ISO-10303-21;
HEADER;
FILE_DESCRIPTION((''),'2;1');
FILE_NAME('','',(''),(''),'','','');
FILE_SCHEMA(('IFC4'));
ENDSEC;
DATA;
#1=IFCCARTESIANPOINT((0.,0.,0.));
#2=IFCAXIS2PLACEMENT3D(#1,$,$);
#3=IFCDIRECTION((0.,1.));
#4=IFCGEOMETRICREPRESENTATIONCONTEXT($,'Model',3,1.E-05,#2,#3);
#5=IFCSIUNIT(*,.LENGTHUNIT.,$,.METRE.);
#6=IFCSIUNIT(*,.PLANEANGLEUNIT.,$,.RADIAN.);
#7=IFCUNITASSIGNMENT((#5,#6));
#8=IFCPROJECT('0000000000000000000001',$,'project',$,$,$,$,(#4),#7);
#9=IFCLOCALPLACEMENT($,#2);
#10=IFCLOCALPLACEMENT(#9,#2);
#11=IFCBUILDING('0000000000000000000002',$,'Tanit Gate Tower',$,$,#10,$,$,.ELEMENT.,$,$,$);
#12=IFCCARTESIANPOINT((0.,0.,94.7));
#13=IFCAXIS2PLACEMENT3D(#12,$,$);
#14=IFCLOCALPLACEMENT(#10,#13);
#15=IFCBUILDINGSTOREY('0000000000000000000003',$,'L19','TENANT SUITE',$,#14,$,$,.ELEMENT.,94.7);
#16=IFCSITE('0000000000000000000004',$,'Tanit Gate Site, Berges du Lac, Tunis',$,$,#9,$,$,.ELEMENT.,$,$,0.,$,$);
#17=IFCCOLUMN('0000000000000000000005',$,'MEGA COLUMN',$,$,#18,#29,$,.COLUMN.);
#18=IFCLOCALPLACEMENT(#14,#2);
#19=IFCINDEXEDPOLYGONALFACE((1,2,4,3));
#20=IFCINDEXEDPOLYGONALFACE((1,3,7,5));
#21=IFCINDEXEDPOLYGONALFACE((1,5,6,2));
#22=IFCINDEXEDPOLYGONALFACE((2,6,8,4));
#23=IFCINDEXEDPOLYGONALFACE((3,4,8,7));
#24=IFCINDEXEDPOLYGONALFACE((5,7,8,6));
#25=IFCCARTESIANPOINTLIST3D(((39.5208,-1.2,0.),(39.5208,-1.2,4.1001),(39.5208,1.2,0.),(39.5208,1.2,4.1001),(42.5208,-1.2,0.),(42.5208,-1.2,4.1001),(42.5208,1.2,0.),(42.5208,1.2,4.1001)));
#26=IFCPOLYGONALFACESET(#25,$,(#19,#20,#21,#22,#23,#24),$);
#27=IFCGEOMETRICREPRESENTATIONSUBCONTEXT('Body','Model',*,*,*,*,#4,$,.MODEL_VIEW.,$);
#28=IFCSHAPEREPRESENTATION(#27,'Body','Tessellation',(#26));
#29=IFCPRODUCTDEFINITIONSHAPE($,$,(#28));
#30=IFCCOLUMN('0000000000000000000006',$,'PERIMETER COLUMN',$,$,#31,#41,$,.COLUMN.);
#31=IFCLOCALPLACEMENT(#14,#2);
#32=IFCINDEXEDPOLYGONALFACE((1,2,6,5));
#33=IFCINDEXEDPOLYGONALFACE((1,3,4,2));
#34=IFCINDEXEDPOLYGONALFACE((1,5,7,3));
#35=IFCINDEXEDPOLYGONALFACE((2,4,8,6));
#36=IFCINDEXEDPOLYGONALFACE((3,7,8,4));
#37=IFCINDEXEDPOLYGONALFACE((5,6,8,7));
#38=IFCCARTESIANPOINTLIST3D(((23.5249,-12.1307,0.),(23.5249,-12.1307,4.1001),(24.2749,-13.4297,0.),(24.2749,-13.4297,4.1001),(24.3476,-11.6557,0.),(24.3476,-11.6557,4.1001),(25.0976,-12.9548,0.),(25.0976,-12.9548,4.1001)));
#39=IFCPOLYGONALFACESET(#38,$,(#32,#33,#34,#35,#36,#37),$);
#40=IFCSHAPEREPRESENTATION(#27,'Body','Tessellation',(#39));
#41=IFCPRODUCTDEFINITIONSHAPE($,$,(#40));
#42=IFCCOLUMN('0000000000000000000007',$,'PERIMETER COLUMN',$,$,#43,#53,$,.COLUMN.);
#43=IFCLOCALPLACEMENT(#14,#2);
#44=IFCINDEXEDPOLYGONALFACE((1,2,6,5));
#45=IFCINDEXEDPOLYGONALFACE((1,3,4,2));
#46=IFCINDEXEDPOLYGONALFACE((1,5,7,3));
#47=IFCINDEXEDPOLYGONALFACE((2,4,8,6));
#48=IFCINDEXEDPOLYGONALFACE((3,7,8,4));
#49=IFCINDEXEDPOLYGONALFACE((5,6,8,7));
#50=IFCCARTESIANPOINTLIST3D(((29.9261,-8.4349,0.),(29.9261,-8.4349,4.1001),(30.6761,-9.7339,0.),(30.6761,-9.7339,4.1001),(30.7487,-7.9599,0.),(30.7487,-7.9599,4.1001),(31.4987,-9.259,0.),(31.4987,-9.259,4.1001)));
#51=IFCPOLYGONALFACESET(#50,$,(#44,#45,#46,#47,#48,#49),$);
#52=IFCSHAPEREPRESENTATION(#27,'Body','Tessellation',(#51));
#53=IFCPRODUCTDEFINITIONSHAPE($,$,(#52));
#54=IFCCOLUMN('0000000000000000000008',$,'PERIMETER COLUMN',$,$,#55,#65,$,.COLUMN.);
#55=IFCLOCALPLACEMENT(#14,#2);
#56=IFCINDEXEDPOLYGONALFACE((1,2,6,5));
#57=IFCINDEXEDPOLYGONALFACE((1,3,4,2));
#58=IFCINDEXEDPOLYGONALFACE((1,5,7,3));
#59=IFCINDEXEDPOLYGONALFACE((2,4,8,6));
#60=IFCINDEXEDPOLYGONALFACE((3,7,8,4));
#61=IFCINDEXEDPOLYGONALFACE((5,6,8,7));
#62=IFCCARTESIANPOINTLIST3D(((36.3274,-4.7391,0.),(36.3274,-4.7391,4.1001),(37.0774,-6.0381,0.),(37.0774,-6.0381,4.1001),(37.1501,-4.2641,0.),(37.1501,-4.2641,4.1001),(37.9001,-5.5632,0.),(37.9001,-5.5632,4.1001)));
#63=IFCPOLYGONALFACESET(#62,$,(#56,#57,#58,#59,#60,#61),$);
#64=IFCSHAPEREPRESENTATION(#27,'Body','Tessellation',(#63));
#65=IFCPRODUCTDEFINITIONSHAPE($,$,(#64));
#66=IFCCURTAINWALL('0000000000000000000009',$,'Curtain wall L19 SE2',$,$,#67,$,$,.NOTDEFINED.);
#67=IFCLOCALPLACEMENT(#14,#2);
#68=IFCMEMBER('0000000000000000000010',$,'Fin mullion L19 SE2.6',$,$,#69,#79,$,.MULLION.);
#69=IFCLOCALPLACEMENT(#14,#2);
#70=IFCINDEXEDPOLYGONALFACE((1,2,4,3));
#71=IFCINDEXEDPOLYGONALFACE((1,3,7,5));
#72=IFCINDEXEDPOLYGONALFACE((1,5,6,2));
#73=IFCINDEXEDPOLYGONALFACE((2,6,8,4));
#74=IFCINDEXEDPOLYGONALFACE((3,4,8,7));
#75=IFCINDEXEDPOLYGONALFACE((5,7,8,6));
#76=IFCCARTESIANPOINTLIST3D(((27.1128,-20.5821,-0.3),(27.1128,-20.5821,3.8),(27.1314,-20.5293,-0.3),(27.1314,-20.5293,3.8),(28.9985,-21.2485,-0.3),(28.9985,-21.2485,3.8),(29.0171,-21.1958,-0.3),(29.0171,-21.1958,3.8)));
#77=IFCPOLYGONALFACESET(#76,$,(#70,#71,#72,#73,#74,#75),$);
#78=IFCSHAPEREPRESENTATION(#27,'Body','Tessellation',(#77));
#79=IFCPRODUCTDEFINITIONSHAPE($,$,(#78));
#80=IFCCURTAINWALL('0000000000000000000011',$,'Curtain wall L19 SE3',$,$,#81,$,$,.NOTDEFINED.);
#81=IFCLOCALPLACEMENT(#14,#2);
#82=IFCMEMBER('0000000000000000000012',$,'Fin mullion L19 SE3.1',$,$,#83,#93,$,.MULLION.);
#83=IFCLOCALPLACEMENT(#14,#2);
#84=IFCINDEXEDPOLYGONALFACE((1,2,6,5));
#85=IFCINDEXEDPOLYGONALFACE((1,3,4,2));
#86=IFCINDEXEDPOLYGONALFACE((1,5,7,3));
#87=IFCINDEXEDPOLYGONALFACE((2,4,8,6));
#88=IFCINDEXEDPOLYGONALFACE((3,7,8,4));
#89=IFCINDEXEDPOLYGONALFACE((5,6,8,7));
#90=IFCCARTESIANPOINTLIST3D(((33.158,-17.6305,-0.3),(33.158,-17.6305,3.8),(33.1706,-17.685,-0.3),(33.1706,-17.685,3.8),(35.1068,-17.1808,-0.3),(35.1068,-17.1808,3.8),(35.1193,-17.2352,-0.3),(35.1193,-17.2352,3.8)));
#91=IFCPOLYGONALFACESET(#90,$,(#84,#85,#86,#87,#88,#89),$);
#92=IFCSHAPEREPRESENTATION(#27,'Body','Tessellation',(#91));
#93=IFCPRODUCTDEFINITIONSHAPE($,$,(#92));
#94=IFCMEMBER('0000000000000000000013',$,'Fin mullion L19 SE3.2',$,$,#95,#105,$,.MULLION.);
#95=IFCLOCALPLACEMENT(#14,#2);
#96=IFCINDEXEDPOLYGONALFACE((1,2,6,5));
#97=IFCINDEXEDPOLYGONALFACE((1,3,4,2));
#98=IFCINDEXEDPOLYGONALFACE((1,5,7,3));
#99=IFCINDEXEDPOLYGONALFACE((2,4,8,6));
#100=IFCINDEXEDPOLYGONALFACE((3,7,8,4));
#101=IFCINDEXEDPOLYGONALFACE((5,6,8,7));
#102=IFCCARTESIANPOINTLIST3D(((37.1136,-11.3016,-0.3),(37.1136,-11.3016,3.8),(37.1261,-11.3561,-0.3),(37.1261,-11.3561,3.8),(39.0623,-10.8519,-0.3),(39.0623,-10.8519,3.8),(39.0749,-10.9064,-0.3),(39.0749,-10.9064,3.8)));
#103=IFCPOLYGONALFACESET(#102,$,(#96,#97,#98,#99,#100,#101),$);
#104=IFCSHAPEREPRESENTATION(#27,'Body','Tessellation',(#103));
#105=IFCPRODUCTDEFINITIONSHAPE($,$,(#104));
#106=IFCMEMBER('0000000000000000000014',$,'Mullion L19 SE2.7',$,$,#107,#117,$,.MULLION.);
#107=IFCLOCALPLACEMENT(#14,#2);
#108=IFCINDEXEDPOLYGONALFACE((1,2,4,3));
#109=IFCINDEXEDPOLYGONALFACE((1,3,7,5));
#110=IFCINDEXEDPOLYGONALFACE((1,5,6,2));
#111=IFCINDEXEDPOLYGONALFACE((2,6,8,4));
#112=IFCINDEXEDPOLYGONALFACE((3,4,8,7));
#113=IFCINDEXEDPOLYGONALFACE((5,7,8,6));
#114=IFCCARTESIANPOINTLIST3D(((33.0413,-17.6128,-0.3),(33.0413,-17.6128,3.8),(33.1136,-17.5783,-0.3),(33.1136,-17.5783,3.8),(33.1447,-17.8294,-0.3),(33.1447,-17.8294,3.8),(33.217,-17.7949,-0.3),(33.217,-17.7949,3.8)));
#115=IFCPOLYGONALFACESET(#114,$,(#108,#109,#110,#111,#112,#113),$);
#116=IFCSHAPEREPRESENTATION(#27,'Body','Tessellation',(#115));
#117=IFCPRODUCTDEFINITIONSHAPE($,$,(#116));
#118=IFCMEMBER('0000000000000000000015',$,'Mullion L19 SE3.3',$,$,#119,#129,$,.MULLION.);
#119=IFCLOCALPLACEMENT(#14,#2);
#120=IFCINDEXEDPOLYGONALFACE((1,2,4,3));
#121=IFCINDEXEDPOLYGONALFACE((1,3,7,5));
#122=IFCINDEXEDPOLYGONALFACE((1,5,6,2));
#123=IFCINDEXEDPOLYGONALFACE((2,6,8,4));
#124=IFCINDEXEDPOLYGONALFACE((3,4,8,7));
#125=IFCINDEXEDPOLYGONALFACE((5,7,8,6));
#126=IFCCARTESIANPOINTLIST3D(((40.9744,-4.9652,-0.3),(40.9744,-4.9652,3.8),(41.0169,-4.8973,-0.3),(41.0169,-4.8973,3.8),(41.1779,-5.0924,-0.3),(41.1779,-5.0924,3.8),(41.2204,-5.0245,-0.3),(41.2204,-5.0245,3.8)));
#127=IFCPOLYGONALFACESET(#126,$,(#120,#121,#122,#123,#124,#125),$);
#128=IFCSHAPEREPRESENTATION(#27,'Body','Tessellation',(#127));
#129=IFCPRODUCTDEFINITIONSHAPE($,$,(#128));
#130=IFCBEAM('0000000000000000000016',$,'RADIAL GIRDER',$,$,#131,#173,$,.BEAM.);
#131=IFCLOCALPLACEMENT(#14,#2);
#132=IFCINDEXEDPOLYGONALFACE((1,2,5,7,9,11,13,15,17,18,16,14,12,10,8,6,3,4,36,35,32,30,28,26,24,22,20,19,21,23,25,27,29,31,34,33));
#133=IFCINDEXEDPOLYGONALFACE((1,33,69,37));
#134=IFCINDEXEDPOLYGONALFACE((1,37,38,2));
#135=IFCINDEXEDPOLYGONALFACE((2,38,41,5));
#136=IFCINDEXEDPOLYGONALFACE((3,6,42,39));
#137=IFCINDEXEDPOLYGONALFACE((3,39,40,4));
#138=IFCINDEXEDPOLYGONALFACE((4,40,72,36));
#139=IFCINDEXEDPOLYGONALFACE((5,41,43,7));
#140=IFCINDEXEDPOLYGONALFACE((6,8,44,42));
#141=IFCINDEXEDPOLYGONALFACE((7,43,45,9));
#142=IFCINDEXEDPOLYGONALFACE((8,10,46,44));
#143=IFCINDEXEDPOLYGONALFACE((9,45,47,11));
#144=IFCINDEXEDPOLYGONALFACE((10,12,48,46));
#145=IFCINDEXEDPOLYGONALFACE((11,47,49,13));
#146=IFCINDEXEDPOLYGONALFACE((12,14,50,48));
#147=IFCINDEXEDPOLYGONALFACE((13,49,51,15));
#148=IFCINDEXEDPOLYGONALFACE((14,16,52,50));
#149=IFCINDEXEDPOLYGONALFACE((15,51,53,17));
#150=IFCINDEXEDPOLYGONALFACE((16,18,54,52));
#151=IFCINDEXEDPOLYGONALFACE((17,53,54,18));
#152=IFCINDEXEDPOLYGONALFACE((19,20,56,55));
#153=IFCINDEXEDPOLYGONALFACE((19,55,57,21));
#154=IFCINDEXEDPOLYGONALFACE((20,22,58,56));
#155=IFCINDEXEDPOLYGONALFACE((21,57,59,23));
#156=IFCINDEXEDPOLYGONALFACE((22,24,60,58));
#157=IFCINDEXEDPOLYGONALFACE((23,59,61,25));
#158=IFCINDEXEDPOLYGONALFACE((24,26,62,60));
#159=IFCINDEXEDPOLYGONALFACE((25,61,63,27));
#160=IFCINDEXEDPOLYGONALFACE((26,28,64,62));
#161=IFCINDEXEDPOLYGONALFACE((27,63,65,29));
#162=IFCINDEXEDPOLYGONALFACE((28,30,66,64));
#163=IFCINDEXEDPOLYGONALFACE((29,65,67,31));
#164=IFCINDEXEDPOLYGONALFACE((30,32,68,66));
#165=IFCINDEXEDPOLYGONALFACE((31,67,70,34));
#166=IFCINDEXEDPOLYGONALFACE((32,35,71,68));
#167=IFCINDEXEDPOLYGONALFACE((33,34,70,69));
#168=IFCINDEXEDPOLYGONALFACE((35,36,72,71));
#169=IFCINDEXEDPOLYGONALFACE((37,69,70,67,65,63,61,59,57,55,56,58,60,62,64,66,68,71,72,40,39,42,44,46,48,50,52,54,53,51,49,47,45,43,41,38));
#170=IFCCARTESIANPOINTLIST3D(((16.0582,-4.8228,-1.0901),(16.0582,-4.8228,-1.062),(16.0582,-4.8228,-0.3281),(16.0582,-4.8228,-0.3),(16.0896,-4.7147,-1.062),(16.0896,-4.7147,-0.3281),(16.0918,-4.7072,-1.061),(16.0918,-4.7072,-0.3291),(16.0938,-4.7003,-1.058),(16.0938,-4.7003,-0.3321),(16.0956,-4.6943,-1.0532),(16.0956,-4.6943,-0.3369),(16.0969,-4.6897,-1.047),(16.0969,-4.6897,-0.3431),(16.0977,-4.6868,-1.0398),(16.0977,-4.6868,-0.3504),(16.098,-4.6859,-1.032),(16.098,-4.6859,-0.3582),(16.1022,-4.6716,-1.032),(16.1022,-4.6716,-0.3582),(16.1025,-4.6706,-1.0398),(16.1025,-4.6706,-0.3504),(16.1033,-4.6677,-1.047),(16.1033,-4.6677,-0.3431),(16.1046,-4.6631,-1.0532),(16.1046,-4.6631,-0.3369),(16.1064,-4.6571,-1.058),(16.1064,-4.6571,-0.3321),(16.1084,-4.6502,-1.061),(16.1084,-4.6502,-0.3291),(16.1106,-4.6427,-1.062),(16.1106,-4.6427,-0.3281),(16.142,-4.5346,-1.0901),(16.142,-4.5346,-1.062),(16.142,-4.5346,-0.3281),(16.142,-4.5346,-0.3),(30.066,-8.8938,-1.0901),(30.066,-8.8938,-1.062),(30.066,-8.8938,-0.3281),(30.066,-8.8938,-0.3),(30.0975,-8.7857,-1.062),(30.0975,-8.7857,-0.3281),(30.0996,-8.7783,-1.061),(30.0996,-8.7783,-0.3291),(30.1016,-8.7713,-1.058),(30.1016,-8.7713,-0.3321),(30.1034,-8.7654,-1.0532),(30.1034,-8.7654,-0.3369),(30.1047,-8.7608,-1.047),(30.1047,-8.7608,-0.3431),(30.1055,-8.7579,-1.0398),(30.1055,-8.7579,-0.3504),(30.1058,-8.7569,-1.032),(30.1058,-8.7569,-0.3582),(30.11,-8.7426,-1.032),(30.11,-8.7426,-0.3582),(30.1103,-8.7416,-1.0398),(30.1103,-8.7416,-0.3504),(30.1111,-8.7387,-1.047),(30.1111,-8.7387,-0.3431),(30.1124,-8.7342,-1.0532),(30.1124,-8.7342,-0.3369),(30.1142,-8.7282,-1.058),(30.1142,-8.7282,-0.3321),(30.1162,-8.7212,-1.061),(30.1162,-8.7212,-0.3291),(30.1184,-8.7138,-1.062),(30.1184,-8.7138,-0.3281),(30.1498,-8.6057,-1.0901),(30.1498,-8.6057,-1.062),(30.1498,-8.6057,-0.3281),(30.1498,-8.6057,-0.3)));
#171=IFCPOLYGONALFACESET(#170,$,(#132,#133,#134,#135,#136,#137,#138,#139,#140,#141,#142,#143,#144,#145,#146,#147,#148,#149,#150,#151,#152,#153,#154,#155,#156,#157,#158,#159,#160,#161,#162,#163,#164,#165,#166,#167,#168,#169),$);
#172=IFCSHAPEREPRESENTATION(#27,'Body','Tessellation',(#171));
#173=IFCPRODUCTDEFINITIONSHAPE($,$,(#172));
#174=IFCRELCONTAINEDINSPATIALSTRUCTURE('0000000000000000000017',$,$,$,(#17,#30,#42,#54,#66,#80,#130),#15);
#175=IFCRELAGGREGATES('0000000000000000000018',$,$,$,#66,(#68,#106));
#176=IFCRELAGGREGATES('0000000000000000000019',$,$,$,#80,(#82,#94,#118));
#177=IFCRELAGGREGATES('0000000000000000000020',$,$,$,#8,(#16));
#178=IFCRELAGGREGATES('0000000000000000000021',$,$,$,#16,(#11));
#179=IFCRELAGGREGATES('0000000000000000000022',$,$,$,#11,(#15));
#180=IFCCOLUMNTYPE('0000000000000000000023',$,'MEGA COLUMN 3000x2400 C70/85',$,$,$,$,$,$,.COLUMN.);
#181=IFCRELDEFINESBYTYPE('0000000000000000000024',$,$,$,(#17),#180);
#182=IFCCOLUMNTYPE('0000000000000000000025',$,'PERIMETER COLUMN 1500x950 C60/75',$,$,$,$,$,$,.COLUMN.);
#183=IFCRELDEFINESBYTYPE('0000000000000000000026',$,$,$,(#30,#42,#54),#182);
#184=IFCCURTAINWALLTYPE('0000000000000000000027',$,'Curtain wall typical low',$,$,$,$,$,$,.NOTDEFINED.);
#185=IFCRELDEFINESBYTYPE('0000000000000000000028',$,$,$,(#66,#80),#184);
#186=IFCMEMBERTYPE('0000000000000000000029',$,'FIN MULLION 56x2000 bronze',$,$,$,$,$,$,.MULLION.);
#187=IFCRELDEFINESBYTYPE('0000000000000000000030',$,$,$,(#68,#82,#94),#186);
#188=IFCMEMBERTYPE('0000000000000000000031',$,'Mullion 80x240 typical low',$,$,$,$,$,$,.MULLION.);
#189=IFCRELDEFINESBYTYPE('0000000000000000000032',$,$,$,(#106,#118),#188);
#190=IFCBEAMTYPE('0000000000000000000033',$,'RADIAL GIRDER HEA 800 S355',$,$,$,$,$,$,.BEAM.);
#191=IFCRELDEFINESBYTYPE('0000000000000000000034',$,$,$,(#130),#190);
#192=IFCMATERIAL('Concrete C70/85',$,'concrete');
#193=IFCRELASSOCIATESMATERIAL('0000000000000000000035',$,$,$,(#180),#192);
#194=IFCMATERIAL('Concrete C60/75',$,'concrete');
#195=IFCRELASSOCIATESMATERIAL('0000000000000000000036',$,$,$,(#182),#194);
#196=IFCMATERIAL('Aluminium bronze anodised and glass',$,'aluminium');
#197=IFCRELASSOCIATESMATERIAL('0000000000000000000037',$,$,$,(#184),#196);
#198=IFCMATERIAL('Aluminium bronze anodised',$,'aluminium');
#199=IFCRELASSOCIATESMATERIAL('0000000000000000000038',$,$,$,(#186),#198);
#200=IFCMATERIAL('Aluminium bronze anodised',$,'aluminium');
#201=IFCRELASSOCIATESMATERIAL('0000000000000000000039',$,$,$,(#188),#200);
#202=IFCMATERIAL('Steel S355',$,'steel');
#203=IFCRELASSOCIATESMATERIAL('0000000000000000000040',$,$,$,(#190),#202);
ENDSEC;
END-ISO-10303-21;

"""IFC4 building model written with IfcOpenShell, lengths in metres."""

from ifc_helpers import new_model, si_unit, direction, frame, origin, origin_2d, place, context, subcontext, project, spatial, rectangle, i_section, extrude, material, material_profile, profile_set, type_object, element, aggregate, save


model = new_model("IFC4")

# Units and contexts
model_context = context("Model", 3, precision=1e-05, world=origin(), true_north=direction((0.0, 1.0)))
body_context = subcontext(model_context, "Body", "Model", "MODEL_VIEW")
ifc_project = project(units=[si_unit("LENGTHUNIT", "METRE"), si_unit("PLANEANGLEUNIT", "RADIAN")], contexts=[model_context])

# Site, building, storey
site_placement = place(None, origin())
site = spatial("IfcSite", under=ifc_project, at=site_placement, Name="Tanit Gate Site, Berges du Lac, Tunis", CompositionType="ELEMENT", RefElevation=0.0)
building_placement = place(site_placement, origin())
building = spatial("IfcBuilding", under=site, at=building_placement, Name="Tanit Gate Tower", CompositionType="ELEMENT")
storey_placement = place(building_placement, frame((0.0, 0.0, 94.7)))
storey = spatial("IfcBuildingStorey", under=building, at=storey_placement, Name="L19", Description="TENANT SUITE", CompositionType="ELEMENT", Elevation=94.7)

# Columns
ifc_material_1 = material(Name="Concrete C70/85", Category="concrete")
ifc_material_profile_1 = material_profile(ifc_material_1, rectangle(XDim=3.0, YDim=2.3999, at=origin_2d()), Name="RC 3000x2400")
ifc_profile_set_1 = profile_set([ifc_material_profile_1], Name="Concrete C70/85")
column_type_1 = type_object("IfcColumnType", Name="MEGA COLUMN 3000x2400 C70/85", PredefinedType="COLUMN", material=ifc_profile_set_1)
column_placement = place(storey_placement, frame((41.0208, 0.0, 0.0), z_axis=(0.0, 0.0, 1.0), x_axis=(1.0, 0.0, 0.0)))
element("IfcColumn", 1, at=column_placement, inside=storey, type_object=column_type_1, Name="MEGA COLUMN", PredefinedType="COLUMN", context=body_context, shape_type="SweptSolid", body=[
    extrude(rectangle(XDim=3.0, YDim=2.3999, at=origin_2d()), origin(), (0.0, 0.0, 1.0), 4.1001),
])
ifc_material_2 = material(Name="Concrete C60/75", Category="concrete")
ifc_material_profile_2 = material_profile(ifc_material_2, rectangle(XDim=1.5, YDim=0.95, at=origin_2d()), Name="RC 1500x950")
ifc_profile_set_2 = profile_set([ifc_material_profile_2], Name="Concrete C60/75")
column_type_2 = type_object("IfcColumnType", Name="PERIMETER COLUMN 1500x950 C60/75", PredefinedType="COLUMN", material=ifc_profile_set_2)
for number, where, z_axis, x_axis, name in (
    (2, (24.3113, -12.5427, 0.0), (0.0, 0.0, 1.0), (0.5, -0.866025, 0.0), "PERIMETER COLUMN"),
    (3, (30.7124, -8.8469, 0.0), (0.0, 0.0, 1.0), (0.5, -0.866025, 0.0), "PERIMETER COLUMN"),
    (4, (37.1138, -5.1511, 0.0), (0.0, 0.0, 1.0), (0.5, -0.866025, 0.0), "PERIMETER COLUMN"),
):
    element("IfcColumn", number, at=place(storey_placement, frame(where, z_axis=z_axis, x_axis=x_axis)), inside=storey, type_object=column_type_2, Name=name, PredefinedType="COLUMN", context=body_context, shape_type="SweptSolid", body=[
        extrude(rectangle(XDim=1.5, YDim=0.95, at=origin_2d()), origin(), (0.0, 0.0, 1.0), 4.1001),
    ])

# Curtain wall, member
ifc_material_3 = material(Name="Aluminium bronze anodised and glass", Category="aluminium")
curtain_wall_type = type_object("IfcCurtainWallType", Name="Curtain wall typical low", PredefinedType="NOTDEFINED", material=ifc_material_3)
curtain_wall_1_placement = place(storey_placement, origin())
curtain_wall_1 = element("IfcCurtainWall", 5, at=curtain_wall_1_placement, inside=storey, type_object=curtain_wall_type, Name="Curtain wall L19 SE2", PredefinedType="NOTDEFINED")
ifc_material_4 = material(Name="Aluminium bronze anodised", Category="aluminium")
ifc_material_profile_3 = material_profile(ifc_material_4, rectangle(XDim=2.0, YDim=0.0559, at=origin_2d()), Name="56x2000 bronze fin mullion")
ifc_profile_set_3 = profile_set([ifc_material_profile_3], Name="Aluminium bronze anodised")
member_type_1 = type_object("IfcMemberType", Name="FIN MULLION 56x2000 bronze", PredefinedType="MULLION", material=ifc_profile_set_3)
member_1_placement = place(storey_placement, frame((28.0649, -20.8889, -0.3), z_axis=(0.0, 0.0, 1.0), x_axis=(-0.942849, 0.33322, 0.0)))
member_1 = element("IfcMember", 6, at=member_1_placement, type_object=member_type_1, Name="Fin mullion L19 SE2.6", PredefinedType="MULLION", context=body_context, shape_type="SweptSolid", body=[
    extrude(rectangle(XDim=2.0, YDim=0.0559, at=origin_2d()), origin(), (0.0, 0.0, 1.0), 4.1001),
])

# Curtain wall, members
curtain_wall_2_placement = place(storey_placement, origin())
curtain_wall_2 = element("IfcCurtainWall", 7, at=curtain_wall_2_placement, inside=storey, type_object=curtain_wall_type, Name="Curtain wall L19 SE3", PredefinedType="NOTDEFINED")
member_2_placement = place(storey_placement, frame((34.1387, -17.4329, -0.3), z_axis=(0.0, 0.0, 1.0), x_axis=(-0.974389, -0.224867, 0.0)))
member_2 = element("IfcMember", 8, at=member_2_placement, type_object=member_type_1, Name="Fin mullion L19 SE3.1", PredefinedType="MULLION", context=body_context, shape_type="SweptSolid", body=[
    extrude(rectangle(XDim=2.0, YDim=0.0559, at=origin_2d()), origin(), (0.0, 0.0, 1.0), 4.1001),
])
member_3_placement = place(storey_placement, frame((38.0942, -11.104, -0.3), z_axis=(0.0, 0.0, 1.0), x_axis=(-0.974389, -0.224867, 0.0)))
member_3 = element("IfcMember", 9, at=member_3_placement, type_object=member_type_1, Name="Fin mullion L19 SE3.2", PredefinedType="MULLION", context=body_context, shape_type="SweptSolid", body=[
    extrude(rectangle(XDim=2.0, YDim=0.0559, at=origin_2d()), origin(), (0.0, 0.0, 1.0), 4.1001),
])

# Members
ifc_material_5 = material(Name="Aluminium bronze anodised", Category="aluminium")
ifc_material_profile_4 = material_profile(ifc_material_5, rectangle(XDim=0.24, YDim=0.0801, at=origin_2d()), Name="80x240 bronze mullion")
ifc_profile_set_4 = profile_set([ifc_material_profile_4], Name="Aluminium bronze anodised")
member_type_2 = type_object("IfcMemberType", Name="Mullion 80x240 typical low", PredefinedType="MULLION", material=ifc_profile_set_4)
member_4_placement = place(storey_placement, frame((33.1292, -17.7039, -0.3), z_axis=(0.0, 0.0, 1.0), x_axis=(-0.431073, 0.902317, 0.0)))
member_4 = element("IfcMember", 10, at=member_4_placement, type_object=member_type_2, Name="Mullion L19 SE2.7", PredefinedType="MULLION", context=body_context, shape_type="SweptSolid", body=[
    extrude(rectangle(XDim=0.24, YDim=0.0801, at=origin_2d()), origin(), (0.0, 0.0, 1.0), 4.1001),
])
member_5_placement = place(storey_placement, frame((41.0974, -4.9949, -0.3), z_axis=(0.0, 0.0, 1.0), x_axis=(-0.848003, 0.529992, 0.0)))
member_5 = element("IfcMember", 11, at=member_5_placement, type_object=member_type_2, Name="Mullion L19 SE3.3", PredefinedType="MULLION", context=body_context, shape_type="SweptSolid", body=[
    extrude(rectangle(XDim=0.24, YDim=0.0801, at=origin_2d()), origin(), (0.0, 0.0, 1.0), 4.1001),
])

# Beam
ifc_material_6 = material(Name="Steel S355", Category="steel")
ifc_material_profile_5 = material_profile(ifc_material_6, i_section(OverallWidth=0.3, OverallDepth=0.79, WebThickness=0.0149, FlangeThickness=0.0281, FilletRadius=0.03, at=origin_2d()), Name="HEA 800")
ifc_profile_set_5 = profile_set([ifc_material_profile_5], Name="Steel S355")
beam_type_1 = type_object("IfcBeamType", Name="RADIAL GIRDER HEA 800 S355", PredefinedType="BEAM", material=ifc_profile_set_5)
beam_1_placement = place(storey_placement, frame((30.1079, -8.7498, -0.6951), z_axis=(-0.960268, 0.27908, 0.0), x_axis=(-0.27908, -0.960268, 0.0)))
element("IfcBeam", 12, at=beam_1_placement, inside=storey, type_object=beam_type_1, Name="RADIAL GIRDER", PredefinedType="BEAM", context=body_context, shape_type="SweptSolid", body=[
    extrude(i_section(OverallWidth=0.3, OverallDepth=0.79, WebThickness=0.0149, FlangeThickness=0.0281, FilletRadius=0.03, at=origin_2d()), origin(), (0.0, 0.0, 1.0), 14.5874),
])

aggregate(curtain_wall_1, [member_1, member_4])
aggregate(curtain_wall_2, [member_2, member_3, member_5])

save(model, "model.ifc")
